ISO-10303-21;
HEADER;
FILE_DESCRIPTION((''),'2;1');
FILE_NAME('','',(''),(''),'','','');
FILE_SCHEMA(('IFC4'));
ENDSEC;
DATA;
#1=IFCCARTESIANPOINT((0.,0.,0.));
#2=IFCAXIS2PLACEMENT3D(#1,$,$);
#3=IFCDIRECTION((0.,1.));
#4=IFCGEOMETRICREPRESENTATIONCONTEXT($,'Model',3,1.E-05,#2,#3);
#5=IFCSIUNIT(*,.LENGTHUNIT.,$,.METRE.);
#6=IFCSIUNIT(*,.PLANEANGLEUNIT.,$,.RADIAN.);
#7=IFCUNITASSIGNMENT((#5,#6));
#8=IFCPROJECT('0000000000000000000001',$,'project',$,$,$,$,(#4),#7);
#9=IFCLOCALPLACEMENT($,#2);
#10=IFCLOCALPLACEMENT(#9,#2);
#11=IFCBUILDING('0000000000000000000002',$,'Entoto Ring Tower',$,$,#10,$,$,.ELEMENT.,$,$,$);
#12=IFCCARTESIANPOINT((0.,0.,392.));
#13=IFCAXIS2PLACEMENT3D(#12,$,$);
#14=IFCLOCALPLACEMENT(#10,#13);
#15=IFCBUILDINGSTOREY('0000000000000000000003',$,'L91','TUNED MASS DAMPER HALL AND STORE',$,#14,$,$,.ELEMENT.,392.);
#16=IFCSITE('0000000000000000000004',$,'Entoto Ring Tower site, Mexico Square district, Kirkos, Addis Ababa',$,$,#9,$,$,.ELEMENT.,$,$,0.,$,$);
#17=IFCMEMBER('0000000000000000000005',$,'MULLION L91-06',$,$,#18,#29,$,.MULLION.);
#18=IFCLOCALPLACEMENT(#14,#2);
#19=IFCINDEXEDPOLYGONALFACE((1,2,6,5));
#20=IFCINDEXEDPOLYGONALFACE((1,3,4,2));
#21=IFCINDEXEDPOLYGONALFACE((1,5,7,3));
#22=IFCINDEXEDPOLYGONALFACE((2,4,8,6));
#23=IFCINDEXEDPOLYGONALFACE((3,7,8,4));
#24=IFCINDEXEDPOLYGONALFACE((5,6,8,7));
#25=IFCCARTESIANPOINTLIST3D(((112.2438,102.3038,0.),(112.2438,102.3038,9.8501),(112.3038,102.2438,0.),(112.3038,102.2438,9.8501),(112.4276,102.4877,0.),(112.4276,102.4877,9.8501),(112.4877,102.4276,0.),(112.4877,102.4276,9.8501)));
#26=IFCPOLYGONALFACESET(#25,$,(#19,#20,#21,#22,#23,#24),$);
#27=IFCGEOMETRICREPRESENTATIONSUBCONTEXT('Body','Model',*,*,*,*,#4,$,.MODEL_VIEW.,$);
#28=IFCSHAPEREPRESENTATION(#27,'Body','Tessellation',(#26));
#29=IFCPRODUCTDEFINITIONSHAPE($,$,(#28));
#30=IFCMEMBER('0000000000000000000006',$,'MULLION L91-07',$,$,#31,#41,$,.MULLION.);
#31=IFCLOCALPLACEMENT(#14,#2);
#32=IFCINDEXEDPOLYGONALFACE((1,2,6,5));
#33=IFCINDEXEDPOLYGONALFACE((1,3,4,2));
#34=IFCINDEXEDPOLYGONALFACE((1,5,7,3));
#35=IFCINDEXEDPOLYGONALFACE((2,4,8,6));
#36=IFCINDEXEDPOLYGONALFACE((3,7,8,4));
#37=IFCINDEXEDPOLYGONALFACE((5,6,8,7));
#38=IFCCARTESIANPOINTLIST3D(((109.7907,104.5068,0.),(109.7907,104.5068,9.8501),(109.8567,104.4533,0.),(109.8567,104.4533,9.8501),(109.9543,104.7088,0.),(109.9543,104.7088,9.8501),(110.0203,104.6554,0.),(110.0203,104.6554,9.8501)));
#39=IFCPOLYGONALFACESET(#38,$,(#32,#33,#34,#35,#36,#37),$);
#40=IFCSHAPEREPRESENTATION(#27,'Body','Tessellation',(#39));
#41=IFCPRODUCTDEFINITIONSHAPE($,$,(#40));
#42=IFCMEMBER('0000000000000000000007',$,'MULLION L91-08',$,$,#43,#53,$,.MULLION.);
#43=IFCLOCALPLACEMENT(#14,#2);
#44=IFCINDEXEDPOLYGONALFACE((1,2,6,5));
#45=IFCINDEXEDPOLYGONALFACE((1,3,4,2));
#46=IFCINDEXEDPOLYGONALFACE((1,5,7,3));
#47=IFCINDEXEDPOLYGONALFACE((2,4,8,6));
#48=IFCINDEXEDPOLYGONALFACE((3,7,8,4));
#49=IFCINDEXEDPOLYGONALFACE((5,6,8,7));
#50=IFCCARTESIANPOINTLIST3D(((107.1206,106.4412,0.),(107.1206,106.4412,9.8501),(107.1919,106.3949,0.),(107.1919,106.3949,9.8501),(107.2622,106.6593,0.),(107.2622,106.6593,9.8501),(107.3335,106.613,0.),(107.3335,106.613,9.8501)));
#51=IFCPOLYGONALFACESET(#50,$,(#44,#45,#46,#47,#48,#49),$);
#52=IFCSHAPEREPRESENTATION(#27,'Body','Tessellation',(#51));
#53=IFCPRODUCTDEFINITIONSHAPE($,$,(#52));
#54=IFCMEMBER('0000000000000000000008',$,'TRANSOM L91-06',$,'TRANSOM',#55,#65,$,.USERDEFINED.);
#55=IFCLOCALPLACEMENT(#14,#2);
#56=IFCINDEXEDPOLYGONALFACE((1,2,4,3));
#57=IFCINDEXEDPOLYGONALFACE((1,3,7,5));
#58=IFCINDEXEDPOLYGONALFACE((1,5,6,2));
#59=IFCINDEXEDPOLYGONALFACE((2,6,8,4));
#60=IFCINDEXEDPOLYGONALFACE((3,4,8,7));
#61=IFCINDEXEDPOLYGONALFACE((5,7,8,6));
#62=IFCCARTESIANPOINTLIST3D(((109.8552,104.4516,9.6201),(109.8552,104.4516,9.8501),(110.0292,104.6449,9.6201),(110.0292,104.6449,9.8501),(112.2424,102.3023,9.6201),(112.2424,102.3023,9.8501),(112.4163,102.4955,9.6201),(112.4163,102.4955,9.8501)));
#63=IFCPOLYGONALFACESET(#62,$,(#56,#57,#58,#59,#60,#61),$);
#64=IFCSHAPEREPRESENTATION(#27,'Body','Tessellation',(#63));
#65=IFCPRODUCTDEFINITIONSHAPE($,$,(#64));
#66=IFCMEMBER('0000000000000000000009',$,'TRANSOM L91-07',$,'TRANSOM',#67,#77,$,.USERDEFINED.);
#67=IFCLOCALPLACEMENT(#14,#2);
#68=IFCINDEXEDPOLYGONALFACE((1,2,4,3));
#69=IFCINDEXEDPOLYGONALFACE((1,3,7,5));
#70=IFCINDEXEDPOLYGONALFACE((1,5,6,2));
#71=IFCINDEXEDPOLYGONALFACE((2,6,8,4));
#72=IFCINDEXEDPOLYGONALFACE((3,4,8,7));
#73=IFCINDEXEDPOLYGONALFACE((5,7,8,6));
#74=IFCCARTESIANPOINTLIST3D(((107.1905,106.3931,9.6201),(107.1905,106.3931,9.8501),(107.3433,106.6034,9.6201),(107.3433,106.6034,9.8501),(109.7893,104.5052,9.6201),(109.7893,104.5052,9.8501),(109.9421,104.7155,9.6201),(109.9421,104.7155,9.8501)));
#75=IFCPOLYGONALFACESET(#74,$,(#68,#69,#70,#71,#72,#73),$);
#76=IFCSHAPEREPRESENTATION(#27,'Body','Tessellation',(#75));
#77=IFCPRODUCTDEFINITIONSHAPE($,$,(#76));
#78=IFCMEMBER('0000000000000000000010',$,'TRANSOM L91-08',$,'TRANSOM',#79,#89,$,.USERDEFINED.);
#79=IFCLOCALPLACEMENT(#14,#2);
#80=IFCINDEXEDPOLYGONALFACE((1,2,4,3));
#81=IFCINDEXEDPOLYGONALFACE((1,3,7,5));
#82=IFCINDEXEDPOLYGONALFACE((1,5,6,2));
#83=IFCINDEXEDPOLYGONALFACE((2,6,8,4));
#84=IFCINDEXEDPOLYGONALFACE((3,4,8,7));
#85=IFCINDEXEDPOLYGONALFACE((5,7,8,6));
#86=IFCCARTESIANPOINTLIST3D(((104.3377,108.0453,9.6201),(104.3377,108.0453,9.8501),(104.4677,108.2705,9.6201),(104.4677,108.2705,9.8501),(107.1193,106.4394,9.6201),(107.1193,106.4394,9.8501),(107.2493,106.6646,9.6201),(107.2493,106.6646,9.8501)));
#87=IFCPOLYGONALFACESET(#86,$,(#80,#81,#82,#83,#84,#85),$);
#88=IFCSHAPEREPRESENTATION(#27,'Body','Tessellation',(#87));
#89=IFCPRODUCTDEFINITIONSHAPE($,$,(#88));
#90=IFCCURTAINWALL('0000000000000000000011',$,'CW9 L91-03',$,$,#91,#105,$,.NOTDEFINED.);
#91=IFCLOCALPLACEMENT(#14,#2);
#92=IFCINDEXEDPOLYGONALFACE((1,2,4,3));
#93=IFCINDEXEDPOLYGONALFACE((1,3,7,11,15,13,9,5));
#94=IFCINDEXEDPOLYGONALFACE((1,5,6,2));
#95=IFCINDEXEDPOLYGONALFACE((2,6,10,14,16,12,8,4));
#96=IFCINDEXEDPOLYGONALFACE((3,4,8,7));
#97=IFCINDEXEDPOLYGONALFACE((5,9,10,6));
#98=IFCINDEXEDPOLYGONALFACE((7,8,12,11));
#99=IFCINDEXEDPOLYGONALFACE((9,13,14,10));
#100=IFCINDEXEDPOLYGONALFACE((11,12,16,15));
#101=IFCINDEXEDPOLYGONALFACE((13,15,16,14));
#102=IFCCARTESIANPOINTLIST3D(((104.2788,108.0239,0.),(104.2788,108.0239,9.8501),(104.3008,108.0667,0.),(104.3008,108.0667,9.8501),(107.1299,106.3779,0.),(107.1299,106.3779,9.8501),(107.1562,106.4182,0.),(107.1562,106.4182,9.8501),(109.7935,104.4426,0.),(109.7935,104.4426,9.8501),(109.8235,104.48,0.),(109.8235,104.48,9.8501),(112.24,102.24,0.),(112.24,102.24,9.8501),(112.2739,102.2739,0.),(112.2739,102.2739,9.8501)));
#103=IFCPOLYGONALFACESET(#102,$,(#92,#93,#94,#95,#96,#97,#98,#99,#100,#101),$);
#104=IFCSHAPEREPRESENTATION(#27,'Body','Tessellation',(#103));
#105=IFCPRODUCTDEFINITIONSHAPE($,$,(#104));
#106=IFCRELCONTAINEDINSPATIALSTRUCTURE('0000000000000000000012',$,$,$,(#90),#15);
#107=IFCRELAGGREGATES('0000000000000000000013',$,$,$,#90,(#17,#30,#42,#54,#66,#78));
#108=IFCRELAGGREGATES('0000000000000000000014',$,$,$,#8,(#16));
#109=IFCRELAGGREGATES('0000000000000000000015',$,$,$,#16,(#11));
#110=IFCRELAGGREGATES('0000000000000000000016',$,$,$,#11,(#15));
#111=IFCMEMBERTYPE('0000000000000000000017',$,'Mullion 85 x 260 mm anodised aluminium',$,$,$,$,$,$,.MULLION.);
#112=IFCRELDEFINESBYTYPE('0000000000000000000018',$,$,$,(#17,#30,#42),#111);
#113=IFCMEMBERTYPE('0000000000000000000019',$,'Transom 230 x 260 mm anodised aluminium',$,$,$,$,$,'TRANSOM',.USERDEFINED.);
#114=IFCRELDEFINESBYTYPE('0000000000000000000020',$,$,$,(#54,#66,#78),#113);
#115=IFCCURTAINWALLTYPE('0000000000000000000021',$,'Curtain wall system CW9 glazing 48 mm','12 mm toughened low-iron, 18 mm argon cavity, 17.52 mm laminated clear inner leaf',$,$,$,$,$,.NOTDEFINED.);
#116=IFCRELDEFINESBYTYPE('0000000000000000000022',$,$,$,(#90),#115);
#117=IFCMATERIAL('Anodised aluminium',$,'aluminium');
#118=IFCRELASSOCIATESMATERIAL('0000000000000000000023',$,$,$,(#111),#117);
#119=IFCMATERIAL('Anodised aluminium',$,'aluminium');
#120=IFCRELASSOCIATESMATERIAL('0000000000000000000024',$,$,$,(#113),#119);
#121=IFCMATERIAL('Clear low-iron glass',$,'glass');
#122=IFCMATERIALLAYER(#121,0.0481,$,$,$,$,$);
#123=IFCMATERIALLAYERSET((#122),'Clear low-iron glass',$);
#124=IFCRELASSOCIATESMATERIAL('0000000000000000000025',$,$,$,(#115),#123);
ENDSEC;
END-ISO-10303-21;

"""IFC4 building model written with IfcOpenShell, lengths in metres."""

from ifc_helpers import new_model, si_unit, direction, frame, origin, origin_2d, place, context, subcontext, project, spatial, polyline, rectangle, outline, extrude, material, layer, layer_set, material_profile, profile_set, type_object, element, aggregate, save


model = new_model("IFC4")

# Units and contexts
model_context = context("Model", 3, precision=1e-05, world=origin(), true_north=direction((0.0, 1.0)))
body_context = subcontext(model_context, "Body", "Model", "MODEL_VIEW")
ifc_project = project(units=[si_unit("LENGTHUNIT", "METRE"), si_unit("PLANEANGLEUNIT", "RADIAN")], contexts=[model_context])

# Members
ifc_material_1 = material(Name="Anodised aluminium", Category="aluminium")
ifc_material_profile_1 = material_profile(ifc_material_1, rectangle(XDim=0.085, YDim=0.26, at=origin_2d()), Name="Mullion 85 x 260 mm anodised aluminium")
ifc_profile_set_1 = profile_set([ifc_material_profile_1], Name="Anodised aluminium")
member_type_1 = type_object("IfcMemberType", Name="Mullion 85 x 260 mm anodised aluminium", PredefinedType="MULLION", material=ifc_profile_set_1)
site_placement = place(None, origin())
building_placement = place(site_placement, origin())
storey_placement = place(building_placement, frame((0.0, 0.0, 392.0)))
member_1_placement = place(storey_placement, frame((112.3657, 102.3657, 0.0), z_axis=(0.0, 0.0, 1.0), x_axis=(-0.707107, 0.707107, 0.0)))
member_1 = element("IfcMember", 1, at=member_1_placement, type_object=member_type_1, Name="MULLION L91-06", PredefinedType="MULLION", context=body_context, shape_type="SweptSolid", body=[
    extrude(rectangle(XDim=0.085, YDim=0.26, at=origin_2d()), origin(), (0.0, 0.0, 1.0), 9.8501),
])
member_2_placement = place(storey_placement, frame((109.9055, 104.5811, 0.0), z_axis=(0.0, 0.0, 1.0), x_axis=(-0.777146, 0.62932, 0.0)))
member_2 = element("IfcMember", 2, at=member_2_placement, type_object=member_type_1, Name="MULLION L91-07", PredefinedType="MULLION", context=body_context, shape_type="SweptSolid", body=[
    extrude(rectangle(XDim=0.085, YDim=0.26, at=origin_2d()), origin(), (0.0, 0.0, 1.0), 9.8501),
])
member_3_placement = place(storey_placement, frame((107.2271, 106.5271, 0.0), z_axis=(0.0, 0.0, 1.0), x_axis=(-0.838671, 0.544639, 0.0)))
member_3 = element("IfcMember", 3, at=member_3_placement, type_object=member_type_1, Name="MULLION L91-08", PredefinedType="MULLION", context=body_context, shape_type="SweptSolid", body=[
    extrude(rectangle(XDim=0.085, YDim=0.26, at=origin_2d()), origin(), (0.0, 0.0, 1.0), 9.8501),
])
ifc_material_2 = material(Name="Anodised aluminium", Category="aluminium")
ifc_material_profile_2 = material_profile(ifc_material_2, rectangle(XDim=0.26, YDim=0.23, at=origin_2d()), Name="Transom 230 x 260 mm anodised aluminium")
ifc_profile_set_2 = profile_set([ifc_material_profile_2], Name="Anodised aluminium")
member_type_2 = type_object("IfcMemberType", Name="Transom 230 x 260 mm anodised aluminium", ElementType="TRANSOM", PredefinedType="USERDEFINED", material=ifc_profile_set_2)
member_4_placement = place(storey_placement, frame((112.3293, 102.3989, 9.7351), z_axis=(-0.743151, 0.669124, 0.0), x_axis=(-0.669124, -0.743151, 0.0)))
member_4 = element("IfcMember", 4, at=member_4_placement, type_object=member_type_2, Name="TRANSOM L91-06", ObjectType="TRANSOM", PredefinedType="USERDEFINED", context=body_context, shape_type="SweptSolid", body=[
    extrude(rectangle(XDim=0.26, YDim=0.23, at=origin_2d()), origin(), (0.0, 0.0, 1.0), 3.2122),
])
member_5_placement = place(storey_placement, frame((109.8657, 104.6104, 9.7351), z_axis=(-0.809055, 0.587733, 0.0), x_axis=(-0.587733, -0.809055, 0.0)))
member_5 = element("IfcMember", 5, at=member_5_placement, type_object=member_type_2, Name="TRANSOM L91-07", ObjectType="TRANSOM", PredefinedType="USERDEFINED", context=body_context, shape_type="SweptSolid", body=[
    extrude(rectangle(XDim=0.26, YDim=0.23, at=origin_2d()), origin(), (0.0, 0.0, 1.0), 3.2122),
])
member_6_placement = place(storey_placement, frame((107.1843, 106.552, 9.7351), z_axis=(-0.866036, 0.499981, 0.0), x_axis=(-0.499981, -0.866036, 0.0)))
member_6 = element("IfcMember", 6, at=member_6_placement, type_object=member_type_2, Name="TRANSOM L91-08", ObjectType="TRANSOM", PredefinedType="USERDEFINED", context=body_context, shape_type="SweptSolid", body=[
    extrude(rectangle(XDim=0.26, YDim=0.23, at=origin_2d()), origin(), (0.0, 0.0, 1.0), 3.2119),
])

# Site, building, storey
site = spatial("IfcSite", under=ifc_project, at=site_placement, Name="Entoto Ring Tower site, Mexico Square district, Kirkos, Addis Ababa", CompositionType="ELEMENT", RefElevation=0.0)
building = spatial("IfcBuilding", under=site, at=building_placement, Name="Entoto Ring Tower", CompositionType="ELEMENT")
storey = spatial("IfcBuildingStorey", under=building, at=storey_placement, Name="L91", Description="TUNED MASS DAMPER HALL AND STORE", CompositionType="ELEMENT", Elevation=392.0)

# Curtain wall
ifc_material_3 = material(Name="Clear low-iron glass", Category="glass")
ifc_layer_1 = layer(ifc_material_3, 0.0481)
ifc_layer_set_1 = layer_set([ifc_layer_1], Name="Clear low-iron glass")
curtain_wall_type = type_object("IfcCurtainWallType", Name="Curtain wall system CW9 glazing 48 mm", Description="12 mm toughened low-iron, 18 mm argon cavity, 17.52 mm laminated clear inner leaf", PredefinedType="NOTDEFINED", material=ifc_layer_set_1)
curtain_wall_1_placement = place(storey_placement, origin())
curtain_wall_1 = element("IfcCurtainWall", 7, at=curtain_wall_1_placement, inside=storey, type_object=curtain_wall_type, Name="CW9 L91-03", PredefinedType="NOTDEFINED", context=body_context, shape_type="SweptSolid", body=[
    extrude(outline(polyline([(112.2739, 102.2739), (109.8235, 104.48), (107.1562, 106.4182), (104.3008, 108.0667), (104.2788, 108.0239), (107.1299, 106.3779), (109.7935, 104.4426), (112.24, 102.24), (112.2739, 102.2739)])), origin(), (0.0, 0.0, 1.0), 9.8501),
])
aggregate(curtain_wall_1, [member_1, member_2, member_3, member_4, member_5, member_6])

save(model, "model.ifc")
